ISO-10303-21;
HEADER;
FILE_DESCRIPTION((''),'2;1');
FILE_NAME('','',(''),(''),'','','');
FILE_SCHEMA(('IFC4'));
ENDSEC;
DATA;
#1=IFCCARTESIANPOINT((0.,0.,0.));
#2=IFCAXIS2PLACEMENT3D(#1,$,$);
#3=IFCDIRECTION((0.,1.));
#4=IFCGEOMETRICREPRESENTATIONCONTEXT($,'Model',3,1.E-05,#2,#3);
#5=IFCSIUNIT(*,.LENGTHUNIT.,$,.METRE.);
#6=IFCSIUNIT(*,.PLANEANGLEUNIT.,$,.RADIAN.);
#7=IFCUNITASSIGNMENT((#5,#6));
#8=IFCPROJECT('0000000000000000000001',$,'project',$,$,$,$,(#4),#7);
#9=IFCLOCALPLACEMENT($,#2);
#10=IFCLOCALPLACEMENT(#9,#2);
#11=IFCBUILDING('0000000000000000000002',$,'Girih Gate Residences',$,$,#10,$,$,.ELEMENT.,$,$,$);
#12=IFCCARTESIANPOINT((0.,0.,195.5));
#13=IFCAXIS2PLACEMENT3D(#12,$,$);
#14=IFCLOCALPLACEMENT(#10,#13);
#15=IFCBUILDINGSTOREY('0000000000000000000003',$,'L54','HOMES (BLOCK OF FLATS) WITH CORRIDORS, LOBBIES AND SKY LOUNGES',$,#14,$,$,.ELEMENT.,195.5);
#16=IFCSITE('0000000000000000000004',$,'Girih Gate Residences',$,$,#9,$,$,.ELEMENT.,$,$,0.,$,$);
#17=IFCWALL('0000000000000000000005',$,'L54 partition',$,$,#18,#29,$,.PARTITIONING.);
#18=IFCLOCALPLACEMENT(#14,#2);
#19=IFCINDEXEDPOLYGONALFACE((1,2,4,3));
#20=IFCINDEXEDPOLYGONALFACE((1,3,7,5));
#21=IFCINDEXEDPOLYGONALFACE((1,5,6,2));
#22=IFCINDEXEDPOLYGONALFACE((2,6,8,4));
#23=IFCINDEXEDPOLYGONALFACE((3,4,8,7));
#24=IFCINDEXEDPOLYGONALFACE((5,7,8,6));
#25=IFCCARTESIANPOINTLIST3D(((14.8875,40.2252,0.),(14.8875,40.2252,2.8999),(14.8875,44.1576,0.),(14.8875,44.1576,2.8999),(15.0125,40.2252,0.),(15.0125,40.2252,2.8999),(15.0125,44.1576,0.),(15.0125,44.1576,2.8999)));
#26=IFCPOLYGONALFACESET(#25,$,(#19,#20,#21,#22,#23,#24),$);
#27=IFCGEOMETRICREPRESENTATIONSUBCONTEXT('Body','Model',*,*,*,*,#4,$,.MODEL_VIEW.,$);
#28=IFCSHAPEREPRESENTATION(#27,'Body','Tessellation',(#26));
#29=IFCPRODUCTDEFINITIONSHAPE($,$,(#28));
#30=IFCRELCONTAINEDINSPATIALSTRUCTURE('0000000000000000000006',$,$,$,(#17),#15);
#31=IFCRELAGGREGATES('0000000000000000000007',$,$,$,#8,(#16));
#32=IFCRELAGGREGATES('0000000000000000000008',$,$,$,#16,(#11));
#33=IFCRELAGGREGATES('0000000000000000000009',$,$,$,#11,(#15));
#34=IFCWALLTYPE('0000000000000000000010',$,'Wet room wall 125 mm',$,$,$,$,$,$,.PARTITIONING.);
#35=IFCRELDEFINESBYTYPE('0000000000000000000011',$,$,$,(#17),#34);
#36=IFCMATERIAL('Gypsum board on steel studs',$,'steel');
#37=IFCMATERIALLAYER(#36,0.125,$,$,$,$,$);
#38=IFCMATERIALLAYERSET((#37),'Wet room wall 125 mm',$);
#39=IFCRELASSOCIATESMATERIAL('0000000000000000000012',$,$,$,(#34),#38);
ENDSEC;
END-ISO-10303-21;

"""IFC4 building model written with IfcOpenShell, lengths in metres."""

from ifc_helpers import new_model, si_unit, direction, frame, frame_2d, origin, place, context, subcontext, project, spatial, rectangle, extrude, material, layer, layer_set, type_object, element, save


model = new_model("IFC4")

# Units and contexts
model_context = context("Model", 3, precision=1e-05, world=origin(), true_north=direction((0.0, 1.0)))
body_context = subcontext(model_context, "Body", "Model", "MODEL_VIEW")
ifc_project = project(units=[si_unit("LENGTHUNIT", "METRE"), si_unit("PLANEANGLEUNIT", "RADIAN")], contexts=[model_context])

# Site, building, storey
site_placement = place(None, origin())
site = spatial("IfcSite", under=ifc_project, at=site_placement, Name="Girih Gate Residences", CompositionType="ELEMENT", RefElevation=0.0)
building_placement = place(site_placement, origin())
building = spatial("IfcBuilding", under=site, at=building_placement, Name="Girih Gate Residences", CompositionType="ELEMENT")
storey_placement = place(building_placement, frame((0.0, 0.0, 195.5)))
storey = spatial("IfcBuildingStorey", under=building, at=storey_placement, Name="L54", Description="HOMES (BLOCK OF FLATS) WITH CORRIDORS, LOBBIES AND SKY LOUNGES", CompositionType="ELEMENT", Elevation=195.5)

# Shared definitions
ifc_material_1 = material(Name="Gypsum board on steel studs", Category="steel")

# Shared definitions
ifc_layer_1 = layer(ifc_material_1, 0.125)
ifc_layer_set_1 = layer_set([ifc_layer_1], Name="Wet room wall 125 mm")
wall_type_1 = type_object("IfcWallType", Name="Wet room wall 125 mm", PredefinedType="PARTITIONING", material=ifc_layer_set_1)

# Wall
wall_1_placement = place(storey_placement, frame((14.95, 40.2251, 0.0), z_axis=(0.0, 0.0, 1.0), x_axis=(0.0, 1.0, 0.0)))
element("IfcWall", 1, at=wall_1_placement, inside=storey, type_object=wall_type_1, Name="L54 partition", PredefinedType="PARTITIONING", context=body_context, shape_type="SweptSolid", body=[
    extrude(rectangle(XDim=3.9324, YDim=0.125, at=frame_2d((1.9663, 0.0))), origin(), (0.0, 0.0, 1.0), 2.8999),
])

save(model, "model.ifc")
